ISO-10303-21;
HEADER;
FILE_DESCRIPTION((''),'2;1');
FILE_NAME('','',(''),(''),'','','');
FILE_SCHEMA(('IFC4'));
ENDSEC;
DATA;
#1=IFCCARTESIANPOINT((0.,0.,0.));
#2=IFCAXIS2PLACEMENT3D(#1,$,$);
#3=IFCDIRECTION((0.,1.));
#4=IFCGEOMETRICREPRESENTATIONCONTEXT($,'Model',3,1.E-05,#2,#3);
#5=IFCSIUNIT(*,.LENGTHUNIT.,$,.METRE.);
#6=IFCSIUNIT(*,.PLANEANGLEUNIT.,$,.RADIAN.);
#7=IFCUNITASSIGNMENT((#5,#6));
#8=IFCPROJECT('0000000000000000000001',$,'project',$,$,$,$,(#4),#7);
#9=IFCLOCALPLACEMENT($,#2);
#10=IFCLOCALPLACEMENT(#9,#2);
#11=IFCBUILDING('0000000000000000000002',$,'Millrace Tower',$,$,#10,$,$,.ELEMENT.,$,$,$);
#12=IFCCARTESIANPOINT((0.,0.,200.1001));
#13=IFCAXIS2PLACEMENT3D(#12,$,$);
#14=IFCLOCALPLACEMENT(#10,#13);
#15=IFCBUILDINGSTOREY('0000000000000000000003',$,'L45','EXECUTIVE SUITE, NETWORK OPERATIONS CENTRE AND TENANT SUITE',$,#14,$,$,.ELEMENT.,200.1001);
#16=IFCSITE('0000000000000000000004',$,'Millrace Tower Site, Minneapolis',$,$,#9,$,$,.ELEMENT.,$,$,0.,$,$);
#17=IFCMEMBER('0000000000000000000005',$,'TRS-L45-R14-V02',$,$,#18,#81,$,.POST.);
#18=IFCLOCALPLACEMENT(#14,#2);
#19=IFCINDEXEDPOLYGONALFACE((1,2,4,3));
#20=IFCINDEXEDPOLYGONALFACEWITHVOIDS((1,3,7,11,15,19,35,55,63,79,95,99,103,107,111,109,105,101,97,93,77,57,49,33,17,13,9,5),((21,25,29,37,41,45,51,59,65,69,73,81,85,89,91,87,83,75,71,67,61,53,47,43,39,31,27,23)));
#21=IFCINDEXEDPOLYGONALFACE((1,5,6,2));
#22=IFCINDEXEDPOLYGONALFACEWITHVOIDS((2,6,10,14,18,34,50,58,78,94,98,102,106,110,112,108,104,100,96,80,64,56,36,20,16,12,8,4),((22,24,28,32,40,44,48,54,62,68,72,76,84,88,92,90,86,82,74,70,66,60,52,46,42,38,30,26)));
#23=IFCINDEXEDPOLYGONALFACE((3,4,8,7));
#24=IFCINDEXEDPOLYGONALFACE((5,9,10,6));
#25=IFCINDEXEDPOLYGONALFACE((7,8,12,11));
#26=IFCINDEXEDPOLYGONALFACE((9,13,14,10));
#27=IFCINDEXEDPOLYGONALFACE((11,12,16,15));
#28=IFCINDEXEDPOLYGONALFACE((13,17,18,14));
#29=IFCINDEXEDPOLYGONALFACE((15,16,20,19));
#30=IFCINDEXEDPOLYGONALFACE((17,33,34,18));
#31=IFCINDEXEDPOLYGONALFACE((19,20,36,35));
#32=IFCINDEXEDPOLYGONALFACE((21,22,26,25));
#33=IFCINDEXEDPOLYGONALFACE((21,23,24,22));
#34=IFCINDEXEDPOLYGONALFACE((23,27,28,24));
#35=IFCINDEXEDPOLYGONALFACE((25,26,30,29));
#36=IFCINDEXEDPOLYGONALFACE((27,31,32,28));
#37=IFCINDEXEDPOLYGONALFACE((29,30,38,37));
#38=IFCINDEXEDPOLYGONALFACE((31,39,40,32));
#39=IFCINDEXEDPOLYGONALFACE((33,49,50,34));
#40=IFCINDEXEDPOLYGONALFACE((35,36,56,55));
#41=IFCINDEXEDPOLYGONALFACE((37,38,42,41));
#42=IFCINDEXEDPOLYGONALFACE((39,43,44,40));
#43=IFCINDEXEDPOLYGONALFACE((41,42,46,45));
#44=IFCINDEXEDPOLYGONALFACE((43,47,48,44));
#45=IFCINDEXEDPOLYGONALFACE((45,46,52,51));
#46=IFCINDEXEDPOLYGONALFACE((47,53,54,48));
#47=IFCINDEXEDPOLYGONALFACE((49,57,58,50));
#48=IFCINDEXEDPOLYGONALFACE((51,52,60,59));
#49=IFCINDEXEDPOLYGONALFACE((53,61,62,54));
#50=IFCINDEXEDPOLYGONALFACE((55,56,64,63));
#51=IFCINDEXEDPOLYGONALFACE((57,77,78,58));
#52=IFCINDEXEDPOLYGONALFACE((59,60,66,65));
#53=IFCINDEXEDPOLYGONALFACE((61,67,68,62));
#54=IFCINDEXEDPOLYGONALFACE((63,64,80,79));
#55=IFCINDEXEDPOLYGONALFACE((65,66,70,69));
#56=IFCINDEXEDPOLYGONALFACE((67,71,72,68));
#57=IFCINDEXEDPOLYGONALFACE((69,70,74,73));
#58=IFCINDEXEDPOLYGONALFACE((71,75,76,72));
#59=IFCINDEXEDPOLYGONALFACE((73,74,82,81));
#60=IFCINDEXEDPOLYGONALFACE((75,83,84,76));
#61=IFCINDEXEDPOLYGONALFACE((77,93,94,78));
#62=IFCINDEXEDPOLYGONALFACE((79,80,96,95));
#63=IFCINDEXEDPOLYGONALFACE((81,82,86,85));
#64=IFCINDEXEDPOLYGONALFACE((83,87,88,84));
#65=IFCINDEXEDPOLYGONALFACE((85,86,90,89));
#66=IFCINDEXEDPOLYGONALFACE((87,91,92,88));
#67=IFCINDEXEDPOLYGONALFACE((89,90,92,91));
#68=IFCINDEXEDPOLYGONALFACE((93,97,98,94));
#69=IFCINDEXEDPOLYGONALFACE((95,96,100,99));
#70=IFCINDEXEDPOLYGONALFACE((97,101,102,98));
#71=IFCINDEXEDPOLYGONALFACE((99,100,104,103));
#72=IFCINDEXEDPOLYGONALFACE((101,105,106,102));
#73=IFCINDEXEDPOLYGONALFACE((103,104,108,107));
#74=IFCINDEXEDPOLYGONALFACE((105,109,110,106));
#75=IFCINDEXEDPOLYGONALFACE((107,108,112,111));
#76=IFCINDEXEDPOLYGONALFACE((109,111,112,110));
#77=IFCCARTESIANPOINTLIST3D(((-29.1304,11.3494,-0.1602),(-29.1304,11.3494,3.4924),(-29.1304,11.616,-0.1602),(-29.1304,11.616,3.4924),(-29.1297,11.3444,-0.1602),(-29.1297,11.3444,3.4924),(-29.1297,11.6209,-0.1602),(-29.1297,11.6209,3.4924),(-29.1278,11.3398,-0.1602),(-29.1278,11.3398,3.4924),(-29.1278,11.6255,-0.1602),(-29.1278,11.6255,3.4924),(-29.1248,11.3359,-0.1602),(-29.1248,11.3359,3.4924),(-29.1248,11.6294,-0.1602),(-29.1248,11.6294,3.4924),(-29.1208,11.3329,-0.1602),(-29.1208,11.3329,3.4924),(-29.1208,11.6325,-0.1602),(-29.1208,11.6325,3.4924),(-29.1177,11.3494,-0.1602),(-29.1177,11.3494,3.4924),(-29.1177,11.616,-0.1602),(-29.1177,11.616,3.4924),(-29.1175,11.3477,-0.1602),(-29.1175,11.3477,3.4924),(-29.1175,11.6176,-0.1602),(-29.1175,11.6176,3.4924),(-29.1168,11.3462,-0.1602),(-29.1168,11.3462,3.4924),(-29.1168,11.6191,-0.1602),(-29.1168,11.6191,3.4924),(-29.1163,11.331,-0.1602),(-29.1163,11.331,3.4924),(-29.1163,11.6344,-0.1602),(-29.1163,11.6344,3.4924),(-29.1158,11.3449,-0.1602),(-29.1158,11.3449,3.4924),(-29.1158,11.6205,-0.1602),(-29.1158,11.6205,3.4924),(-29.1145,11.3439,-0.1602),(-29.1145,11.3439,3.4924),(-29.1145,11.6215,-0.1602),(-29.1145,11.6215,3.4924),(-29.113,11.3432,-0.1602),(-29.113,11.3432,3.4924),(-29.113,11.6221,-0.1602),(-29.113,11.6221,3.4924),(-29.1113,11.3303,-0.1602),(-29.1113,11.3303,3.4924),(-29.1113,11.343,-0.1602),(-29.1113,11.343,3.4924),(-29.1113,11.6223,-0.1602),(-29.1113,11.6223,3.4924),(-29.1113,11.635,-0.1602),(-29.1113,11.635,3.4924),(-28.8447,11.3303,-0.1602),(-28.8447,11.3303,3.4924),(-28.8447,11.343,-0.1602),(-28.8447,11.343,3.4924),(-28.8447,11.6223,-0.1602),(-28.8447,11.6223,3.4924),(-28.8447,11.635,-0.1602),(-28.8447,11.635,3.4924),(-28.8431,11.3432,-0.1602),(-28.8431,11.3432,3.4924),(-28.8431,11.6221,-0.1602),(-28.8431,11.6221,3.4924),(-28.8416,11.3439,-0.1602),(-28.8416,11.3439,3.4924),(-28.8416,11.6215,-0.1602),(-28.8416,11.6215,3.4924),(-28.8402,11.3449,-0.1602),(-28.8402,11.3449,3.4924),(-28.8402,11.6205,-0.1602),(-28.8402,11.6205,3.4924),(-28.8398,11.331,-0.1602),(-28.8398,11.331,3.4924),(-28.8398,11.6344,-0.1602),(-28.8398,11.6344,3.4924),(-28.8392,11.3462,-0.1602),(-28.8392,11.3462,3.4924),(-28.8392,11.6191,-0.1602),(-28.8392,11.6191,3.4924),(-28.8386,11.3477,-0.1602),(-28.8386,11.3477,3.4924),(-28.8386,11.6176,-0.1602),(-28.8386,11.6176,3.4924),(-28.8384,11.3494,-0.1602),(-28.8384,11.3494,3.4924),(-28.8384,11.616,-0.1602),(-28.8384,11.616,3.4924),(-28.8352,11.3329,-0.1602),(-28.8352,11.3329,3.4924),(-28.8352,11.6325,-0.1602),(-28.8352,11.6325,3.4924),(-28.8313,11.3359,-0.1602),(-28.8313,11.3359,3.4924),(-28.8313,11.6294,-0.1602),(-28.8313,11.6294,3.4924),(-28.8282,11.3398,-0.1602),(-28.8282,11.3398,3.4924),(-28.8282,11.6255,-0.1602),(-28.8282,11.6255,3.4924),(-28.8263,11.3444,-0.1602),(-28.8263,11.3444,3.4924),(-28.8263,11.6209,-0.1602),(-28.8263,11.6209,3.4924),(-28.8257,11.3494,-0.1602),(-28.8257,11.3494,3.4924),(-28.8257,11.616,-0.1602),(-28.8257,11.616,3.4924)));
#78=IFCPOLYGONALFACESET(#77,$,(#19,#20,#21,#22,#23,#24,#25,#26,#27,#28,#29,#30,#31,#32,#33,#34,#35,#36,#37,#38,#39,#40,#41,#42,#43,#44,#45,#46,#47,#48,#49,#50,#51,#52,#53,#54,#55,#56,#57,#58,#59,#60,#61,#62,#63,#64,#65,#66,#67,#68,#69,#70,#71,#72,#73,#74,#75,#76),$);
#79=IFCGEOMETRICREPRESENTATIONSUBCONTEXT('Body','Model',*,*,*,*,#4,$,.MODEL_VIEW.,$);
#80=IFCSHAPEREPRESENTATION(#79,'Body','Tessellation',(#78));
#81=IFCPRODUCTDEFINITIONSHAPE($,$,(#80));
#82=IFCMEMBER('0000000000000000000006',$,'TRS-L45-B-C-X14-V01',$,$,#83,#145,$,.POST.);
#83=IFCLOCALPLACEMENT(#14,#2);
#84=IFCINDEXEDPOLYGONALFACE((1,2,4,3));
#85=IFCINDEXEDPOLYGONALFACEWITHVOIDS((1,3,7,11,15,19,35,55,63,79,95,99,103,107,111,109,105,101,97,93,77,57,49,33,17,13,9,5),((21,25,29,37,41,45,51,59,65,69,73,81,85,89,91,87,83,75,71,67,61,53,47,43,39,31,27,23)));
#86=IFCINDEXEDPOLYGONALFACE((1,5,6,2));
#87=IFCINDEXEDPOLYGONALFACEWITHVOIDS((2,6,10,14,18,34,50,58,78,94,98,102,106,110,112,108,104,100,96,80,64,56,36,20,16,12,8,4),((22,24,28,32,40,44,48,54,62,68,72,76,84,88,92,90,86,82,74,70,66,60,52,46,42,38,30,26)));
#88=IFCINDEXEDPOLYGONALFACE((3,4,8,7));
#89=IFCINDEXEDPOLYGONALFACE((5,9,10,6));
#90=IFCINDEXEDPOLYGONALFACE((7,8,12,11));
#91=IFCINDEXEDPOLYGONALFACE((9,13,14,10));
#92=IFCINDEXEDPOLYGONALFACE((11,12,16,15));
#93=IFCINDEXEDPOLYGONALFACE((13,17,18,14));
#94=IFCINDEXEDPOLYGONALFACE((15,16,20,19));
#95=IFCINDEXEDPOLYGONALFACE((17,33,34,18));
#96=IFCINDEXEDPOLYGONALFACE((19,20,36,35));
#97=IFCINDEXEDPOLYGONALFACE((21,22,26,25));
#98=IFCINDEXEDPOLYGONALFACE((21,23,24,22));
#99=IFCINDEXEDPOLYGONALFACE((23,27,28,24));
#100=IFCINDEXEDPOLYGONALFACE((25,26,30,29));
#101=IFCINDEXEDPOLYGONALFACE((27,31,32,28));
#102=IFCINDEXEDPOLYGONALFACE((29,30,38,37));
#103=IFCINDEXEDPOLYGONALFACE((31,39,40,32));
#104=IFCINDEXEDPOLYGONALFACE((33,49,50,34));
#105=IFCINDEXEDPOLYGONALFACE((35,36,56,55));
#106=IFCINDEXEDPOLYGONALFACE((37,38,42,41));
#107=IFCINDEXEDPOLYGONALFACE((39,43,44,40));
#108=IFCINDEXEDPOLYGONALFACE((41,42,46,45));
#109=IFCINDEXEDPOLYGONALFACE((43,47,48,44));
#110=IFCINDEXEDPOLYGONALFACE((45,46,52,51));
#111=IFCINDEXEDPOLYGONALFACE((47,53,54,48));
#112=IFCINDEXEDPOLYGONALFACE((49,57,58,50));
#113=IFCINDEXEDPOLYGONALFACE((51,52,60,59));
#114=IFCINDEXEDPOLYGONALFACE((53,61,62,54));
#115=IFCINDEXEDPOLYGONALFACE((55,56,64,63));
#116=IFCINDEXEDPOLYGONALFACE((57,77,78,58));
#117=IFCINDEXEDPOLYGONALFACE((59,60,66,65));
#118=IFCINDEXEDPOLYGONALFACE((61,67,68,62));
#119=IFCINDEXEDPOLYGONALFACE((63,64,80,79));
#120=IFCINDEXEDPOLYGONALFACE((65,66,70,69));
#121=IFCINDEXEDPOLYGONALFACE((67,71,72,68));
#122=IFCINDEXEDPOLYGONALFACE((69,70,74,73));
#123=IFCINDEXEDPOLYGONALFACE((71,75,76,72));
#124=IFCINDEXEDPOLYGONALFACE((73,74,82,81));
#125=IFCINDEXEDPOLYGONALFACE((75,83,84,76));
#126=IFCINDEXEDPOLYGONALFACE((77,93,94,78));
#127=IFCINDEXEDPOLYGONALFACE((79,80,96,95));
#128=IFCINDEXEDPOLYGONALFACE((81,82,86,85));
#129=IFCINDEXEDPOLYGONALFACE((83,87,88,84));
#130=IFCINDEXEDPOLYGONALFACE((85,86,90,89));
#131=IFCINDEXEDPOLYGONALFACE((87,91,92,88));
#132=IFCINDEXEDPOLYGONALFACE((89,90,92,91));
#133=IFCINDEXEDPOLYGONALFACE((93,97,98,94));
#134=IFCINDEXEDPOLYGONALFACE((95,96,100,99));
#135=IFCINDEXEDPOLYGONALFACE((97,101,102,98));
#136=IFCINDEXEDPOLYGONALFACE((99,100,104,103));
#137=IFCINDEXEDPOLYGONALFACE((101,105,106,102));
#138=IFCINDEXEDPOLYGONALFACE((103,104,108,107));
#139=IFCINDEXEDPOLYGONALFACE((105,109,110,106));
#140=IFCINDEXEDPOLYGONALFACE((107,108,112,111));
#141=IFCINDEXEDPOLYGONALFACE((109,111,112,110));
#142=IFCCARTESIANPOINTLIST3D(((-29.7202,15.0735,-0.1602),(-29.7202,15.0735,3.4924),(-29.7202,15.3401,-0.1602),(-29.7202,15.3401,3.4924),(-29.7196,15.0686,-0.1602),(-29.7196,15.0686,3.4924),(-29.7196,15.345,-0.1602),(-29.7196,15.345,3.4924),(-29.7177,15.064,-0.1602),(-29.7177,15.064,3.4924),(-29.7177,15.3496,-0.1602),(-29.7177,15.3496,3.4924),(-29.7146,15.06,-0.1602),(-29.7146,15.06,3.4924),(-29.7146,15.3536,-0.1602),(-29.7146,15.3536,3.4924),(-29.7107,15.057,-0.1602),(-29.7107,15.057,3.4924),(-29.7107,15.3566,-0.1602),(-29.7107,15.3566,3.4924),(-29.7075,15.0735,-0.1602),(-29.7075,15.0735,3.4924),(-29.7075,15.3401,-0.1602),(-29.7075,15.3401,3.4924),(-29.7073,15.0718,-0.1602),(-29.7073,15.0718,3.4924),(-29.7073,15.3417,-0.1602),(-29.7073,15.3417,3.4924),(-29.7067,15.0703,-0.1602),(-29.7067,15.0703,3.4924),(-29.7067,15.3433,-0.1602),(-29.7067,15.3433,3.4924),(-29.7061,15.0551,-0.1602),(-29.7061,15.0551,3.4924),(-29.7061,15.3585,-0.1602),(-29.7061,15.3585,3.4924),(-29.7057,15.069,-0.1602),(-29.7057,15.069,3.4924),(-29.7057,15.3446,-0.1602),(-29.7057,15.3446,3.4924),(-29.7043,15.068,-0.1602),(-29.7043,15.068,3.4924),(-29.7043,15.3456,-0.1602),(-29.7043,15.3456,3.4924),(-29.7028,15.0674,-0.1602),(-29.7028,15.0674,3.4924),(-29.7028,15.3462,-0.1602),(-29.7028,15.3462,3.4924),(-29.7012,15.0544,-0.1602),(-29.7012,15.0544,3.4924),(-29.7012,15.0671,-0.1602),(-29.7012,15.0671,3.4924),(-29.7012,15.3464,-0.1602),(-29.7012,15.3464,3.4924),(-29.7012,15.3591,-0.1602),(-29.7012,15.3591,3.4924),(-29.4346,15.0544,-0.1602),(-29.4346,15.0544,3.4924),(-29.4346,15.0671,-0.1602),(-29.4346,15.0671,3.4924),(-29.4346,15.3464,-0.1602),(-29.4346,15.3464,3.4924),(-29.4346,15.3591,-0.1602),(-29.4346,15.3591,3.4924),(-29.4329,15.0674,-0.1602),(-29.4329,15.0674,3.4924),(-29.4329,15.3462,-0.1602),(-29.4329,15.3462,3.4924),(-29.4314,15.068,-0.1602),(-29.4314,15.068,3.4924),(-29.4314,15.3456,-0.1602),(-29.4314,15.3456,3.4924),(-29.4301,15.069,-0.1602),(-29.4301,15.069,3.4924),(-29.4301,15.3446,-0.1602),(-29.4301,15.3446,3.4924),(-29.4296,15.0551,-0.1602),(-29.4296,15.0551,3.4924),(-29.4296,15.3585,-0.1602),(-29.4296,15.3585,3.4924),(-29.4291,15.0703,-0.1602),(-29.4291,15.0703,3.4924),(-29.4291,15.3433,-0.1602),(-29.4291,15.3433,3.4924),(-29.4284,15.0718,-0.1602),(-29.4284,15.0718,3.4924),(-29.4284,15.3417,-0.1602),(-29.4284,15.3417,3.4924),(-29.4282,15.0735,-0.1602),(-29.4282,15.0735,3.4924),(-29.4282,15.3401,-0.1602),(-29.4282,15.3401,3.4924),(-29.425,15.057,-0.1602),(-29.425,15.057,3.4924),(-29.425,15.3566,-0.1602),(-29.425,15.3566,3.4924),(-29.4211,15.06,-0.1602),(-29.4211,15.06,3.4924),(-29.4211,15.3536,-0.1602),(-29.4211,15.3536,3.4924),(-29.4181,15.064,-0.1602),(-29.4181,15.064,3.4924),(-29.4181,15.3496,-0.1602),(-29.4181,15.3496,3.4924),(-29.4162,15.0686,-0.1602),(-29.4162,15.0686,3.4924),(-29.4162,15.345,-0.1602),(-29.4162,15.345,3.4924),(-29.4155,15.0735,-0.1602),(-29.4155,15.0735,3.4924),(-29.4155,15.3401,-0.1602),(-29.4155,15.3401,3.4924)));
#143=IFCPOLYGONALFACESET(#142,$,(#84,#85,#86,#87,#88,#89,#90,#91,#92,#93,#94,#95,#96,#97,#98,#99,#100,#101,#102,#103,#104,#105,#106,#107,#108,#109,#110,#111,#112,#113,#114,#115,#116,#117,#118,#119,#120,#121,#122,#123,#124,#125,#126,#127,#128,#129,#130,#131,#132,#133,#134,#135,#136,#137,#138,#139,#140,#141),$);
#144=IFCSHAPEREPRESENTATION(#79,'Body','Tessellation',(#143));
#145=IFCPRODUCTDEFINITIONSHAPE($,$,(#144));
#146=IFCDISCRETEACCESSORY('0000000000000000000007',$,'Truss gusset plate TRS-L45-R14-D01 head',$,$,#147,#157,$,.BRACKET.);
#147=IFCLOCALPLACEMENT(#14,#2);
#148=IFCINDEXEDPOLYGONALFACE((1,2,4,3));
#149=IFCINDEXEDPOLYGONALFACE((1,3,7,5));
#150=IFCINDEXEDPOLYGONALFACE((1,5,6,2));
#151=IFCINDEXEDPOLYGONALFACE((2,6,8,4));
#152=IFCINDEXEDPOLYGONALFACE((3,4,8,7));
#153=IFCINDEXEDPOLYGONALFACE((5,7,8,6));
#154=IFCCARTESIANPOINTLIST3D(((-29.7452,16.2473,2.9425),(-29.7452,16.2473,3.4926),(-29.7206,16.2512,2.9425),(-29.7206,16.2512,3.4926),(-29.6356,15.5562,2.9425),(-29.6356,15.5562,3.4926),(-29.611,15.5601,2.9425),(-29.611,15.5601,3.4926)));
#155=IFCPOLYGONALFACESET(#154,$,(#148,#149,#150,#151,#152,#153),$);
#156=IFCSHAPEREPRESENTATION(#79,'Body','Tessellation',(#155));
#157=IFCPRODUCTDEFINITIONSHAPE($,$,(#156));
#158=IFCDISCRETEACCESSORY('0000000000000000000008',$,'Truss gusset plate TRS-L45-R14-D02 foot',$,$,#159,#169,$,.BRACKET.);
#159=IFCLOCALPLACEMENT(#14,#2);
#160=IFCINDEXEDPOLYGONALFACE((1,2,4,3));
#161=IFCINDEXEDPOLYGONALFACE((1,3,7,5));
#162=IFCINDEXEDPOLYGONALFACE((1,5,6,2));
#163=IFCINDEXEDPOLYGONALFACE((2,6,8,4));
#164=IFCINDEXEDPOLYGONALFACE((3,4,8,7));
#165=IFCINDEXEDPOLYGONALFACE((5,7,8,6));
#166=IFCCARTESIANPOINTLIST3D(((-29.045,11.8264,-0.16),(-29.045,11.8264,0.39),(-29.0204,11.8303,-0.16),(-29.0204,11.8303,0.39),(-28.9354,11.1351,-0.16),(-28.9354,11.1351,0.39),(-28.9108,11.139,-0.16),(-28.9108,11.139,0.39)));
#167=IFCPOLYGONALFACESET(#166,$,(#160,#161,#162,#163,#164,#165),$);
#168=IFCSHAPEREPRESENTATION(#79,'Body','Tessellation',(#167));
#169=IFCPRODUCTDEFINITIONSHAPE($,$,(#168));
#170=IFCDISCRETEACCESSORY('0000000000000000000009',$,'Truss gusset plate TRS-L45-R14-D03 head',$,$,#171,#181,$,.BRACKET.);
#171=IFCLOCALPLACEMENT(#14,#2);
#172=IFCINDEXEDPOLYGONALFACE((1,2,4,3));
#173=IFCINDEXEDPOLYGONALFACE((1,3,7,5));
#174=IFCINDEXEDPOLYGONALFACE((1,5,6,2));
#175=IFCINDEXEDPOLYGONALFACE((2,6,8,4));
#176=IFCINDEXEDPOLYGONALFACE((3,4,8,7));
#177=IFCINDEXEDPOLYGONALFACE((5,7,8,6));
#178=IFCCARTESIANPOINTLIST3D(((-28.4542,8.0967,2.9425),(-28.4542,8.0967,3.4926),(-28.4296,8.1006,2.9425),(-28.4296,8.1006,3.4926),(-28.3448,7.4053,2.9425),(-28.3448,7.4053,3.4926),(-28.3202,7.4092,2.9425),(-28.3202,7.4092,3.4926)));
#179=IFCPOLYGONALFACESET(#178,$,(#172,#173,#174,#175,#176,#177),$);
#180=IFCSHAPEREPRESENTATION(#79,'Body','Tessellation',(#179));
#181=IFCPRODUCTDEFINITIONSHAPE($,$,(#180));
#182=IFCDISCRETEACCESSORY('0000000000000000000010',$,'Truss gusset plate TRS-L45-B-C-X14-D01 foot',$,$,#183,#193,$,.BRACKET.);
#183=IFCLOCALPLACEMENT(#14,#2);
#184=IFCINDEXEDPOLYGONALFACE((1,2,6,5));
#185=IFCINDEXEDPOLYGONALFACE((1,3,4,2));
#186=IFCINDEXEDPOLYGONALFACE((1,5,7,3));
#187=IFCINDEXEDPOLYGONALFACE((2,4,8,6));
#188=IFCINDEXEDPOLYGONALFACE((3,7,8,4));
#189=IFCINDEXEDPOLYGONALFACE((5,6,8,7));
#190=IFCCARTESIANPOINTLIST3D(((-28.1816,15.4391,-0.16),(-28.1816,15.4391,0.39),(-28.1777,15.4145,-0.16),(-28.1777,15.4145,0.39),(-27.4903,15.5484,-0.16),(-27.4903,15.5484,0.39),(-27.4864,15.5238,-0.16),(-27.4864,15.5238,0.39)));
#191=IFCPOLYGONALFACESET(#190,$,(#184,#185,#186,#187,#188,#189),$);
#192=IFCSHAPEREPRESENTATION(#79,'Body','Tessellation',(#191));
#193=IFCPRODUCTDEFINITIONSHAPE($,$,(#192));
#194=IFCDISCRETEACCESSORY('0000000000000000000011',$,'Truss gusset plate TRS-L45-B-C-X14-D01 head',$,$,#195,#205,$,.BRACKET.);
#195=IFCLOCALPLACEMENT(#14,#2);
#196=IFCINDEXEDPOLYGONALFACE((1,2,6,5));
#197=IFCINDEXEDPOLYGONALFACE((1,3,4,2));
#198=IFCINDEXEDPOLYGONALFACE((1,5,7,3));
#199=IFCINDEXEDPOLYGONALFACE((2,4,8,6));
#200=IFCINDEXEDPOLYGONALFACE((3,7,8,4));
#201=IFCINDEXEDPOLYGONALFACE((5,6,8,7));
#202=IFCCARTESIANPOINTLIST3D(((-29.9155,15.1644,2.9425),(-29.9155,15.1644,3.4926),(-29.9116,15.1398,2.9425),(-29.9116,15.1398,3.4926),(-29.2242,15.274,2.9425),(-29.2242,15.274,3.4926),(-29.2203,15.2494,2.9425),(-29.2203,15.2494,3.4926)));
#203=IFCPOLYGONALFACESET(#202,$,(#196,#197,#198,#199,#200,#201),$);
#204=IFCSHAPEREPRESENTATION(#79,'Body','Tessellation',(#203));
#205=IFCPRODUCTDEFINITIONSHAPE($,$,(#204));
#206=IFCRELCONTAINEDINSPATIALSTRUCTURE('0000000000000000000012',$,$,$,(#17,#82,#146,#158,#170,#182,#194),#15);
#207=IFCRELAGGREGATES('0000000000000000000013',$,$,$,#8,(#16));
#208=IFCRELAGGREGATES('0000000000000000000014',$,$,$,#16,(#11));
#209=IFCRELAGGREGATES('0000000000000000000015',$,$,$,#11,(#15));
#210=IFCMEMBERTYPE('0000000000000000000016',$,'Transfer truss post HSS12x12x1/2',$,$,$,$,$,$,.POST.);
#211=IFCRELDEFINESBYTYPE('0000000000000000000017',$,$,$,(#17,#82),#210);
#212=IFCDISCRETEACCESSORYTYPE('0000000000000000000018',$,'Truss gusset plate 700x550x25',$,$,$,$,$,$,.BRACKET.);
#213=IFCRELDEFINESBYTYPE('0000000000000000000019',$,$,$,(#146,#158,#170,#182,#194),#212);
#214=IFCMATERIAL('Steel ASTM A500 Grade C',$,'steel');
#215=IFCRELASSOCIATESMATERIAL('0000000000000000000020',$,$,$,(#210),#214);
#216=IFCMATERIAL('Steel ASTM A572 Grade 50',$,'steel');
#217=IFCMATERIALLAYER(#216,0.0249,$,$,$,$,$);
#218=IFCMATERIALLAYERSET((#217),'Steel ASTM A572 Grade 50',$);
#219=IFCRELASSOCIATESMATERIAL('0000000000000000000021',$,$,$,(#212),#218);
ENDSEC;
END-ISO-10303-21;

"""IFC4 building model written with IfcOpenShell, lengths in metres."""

from ifc_helpers import new_model, si_unit, direction, frame, origin, origin_2d, place, context, subcontext, project, spatial, rectangle, hollow_rectangle, extrude, material, layer, layer_set, material_profile, profile_set, type_object, element, save


model = new_model("IFC4")

# Units and contexts
model_context = context("Model", 3, precision=1e-05, world=origin(), true_north=direction((0.0, 1.0)))
body_context = subcontext(model_context, "Body", "Model", "MODEL_VIEW")
ifc_project = project(units=[si_unit("LENGTHUNIT", "METRE"), si_unit("PLANEANGLEUNIT", "RADIAN")], contexts=[model_context])

# Site, building, storey
site_placement = place(None, origin())
site = spatial("IfcSite", under=ifc_project, at=site_placement, Name="Millrace Tower Site, Minneapolis", CompositionType="ELEMENT", RefElevation=0.0)
building_placement = place(site_placement, origin())
building = spatial("IfcBuilding", under=site, at=building_placement, Name="Millrace Tower", CompositionType="ELEMENT")
storey_placement = place(building_placement, frame((0.0, 0.0, 200.1001)))
storey = spatial("IfcBuildingStorey", under=building, at=storey_placement, Name="L45", Description="EXECUTIVE SUITE, NETWORK OPERATIONS CENTRE AND TENANT SUITE", CompositionType="ELEMENT", Elevation=200.1001)

# Members
ifc_material_1 = material(Name="Steel ASTM A500 Grade C", Category="steel")
ifc_material_profile_1 = material_profile(ifc_material_1, hollow_rectangle(XDim=0.3047, YDim=0.3047, WallThickness=0.0127, InnerFilletRadius=0.0063, OuterFilletRadius=0.019, at=origin_2d()))
ifc_profile_set_1 = profile_set([ifc_material_profile_1], Name="Steel ASTM A500 Grade C")
member_type_1 = type_object("IfcMemberType", Name="Transfer truss post HSS12x12x1/2", PredefinedType="POST", material=ifc_profile_set_1)
for number, where, z_axis, x_axis, name in (
    (1, (-28.978, 11.4827, -0.1602), (0.0, 0.0, 1.0), (1.0, 0.0, 0.0), "TRS-L45-R14-V02"),
    (2, (-29.5679, 15.2068, -0.1602), (0.0, 0.0, 1.0), (1.0, 0.0, 0.0), "TRS-L45-B-C-X14-V01"),
):
    element("IfcMember", number, at=place(storey_placement, frame(where, z_axis=z_axis, x_axis=x_axis)), inside=storey, type_object=member_type_1, Name=name, PredefinedType="POST", context=body_context, shape_type="SweptSolid", body=[
        extrude(hollow_rectangle(XDim=0.3047, YDim=0.3047, WallThickness=0.0127, InnerFilletRadius=0.0063, OuterFilletRadius=0.019, at=origin_2d()), origin(), (0.0, 0.0, 1.0), 3.6526),
    ])

# Discrete accessories
ifc_material_2 = material(Name="Steel ASTM A572 Grade 50", Category="steel")
ifc_layer_1 = layer(ifc_material_2, 0.0249)
ifc_layer_set_1 = layer_set([ifc_layer_1], Name="Steel ASTM A572 Grade 50")
discrete_accessory_type = type_object("IfcDiscreteAccessoryType", Name="Truss gusset plate 700x550x25", PredefinedType="BRACKET", material=ifc_layer_set_1)
discrete_accessory_placement = place(storey_placement, frame((-29.7329, 16.2493, 3.2175), z_axis=(0.156643, -0.987655, 0.0), x_axis=(0.987655, 0.156643, 0.0)))
element("IfcDiscreteAccessory", 3, at=discrete_accessory_placement, inside=storey, type_object=discrete_accessory_type, Name="Truss gusset plate TRS-L45-R14-D01 head", PredefinedType="BRACKET", context=body_context, shape_type="SweptSolid", body=[
    extrude(rectangle(XDim=0.0249, YDim=0.55, at=origin_2d()), origin(), (0.0, 0.0, 1.0), 0.6997),
])
for number, where, z_axis, x_axis, name in (
    (4, (-29.0327, 11.8284, 0.115), (0.156589, -0.987664, 0.0), (0.987664, 0.156589, 0.0), "Truss gusset plate TRS-L45-R14-D02 foot"),
    (5, (-28.4419, 8.0986, 3.2175), (0.156249, -0.987718, 0.0), (0.987718, 0.156249, 0.0), "Truss gusset plate TRS-L45-R14-D03 head"),
    (6, (-28.1797, 15.4268, 0.115), (0.987718, 0.156249, 0.0), (-0.156249, 0.987718, 0.0), "Truss gusset plate TRS-L45-B-C-X14-D01 foot"),
    (7, (-29.9136, 15.1521, 3.2175), (0.987664, 0.156589, 0.0), (-0.156589, 0.987664, 0.0), "Truss gusset plate TRS-L45-B-C-X14-D01 head"),
):
    element("IfcDiscreteAccessory", number, at=place(storey_placement, frame(where, z_axis=z_axis, x_axis=x_axis)), inside=storey, type_object=discrete_accessory_type, Name=name, PredefinedType="BRACKET", context=body_context, shape_type="SweptSolid", body=[
        extrude(rectangle(XDim=0.0249, YDim=0.55, at=origin_2d()), origin(), (0.0, 0.0, 1.0), 0.7),
    ])

save(model, "model.ifc")
